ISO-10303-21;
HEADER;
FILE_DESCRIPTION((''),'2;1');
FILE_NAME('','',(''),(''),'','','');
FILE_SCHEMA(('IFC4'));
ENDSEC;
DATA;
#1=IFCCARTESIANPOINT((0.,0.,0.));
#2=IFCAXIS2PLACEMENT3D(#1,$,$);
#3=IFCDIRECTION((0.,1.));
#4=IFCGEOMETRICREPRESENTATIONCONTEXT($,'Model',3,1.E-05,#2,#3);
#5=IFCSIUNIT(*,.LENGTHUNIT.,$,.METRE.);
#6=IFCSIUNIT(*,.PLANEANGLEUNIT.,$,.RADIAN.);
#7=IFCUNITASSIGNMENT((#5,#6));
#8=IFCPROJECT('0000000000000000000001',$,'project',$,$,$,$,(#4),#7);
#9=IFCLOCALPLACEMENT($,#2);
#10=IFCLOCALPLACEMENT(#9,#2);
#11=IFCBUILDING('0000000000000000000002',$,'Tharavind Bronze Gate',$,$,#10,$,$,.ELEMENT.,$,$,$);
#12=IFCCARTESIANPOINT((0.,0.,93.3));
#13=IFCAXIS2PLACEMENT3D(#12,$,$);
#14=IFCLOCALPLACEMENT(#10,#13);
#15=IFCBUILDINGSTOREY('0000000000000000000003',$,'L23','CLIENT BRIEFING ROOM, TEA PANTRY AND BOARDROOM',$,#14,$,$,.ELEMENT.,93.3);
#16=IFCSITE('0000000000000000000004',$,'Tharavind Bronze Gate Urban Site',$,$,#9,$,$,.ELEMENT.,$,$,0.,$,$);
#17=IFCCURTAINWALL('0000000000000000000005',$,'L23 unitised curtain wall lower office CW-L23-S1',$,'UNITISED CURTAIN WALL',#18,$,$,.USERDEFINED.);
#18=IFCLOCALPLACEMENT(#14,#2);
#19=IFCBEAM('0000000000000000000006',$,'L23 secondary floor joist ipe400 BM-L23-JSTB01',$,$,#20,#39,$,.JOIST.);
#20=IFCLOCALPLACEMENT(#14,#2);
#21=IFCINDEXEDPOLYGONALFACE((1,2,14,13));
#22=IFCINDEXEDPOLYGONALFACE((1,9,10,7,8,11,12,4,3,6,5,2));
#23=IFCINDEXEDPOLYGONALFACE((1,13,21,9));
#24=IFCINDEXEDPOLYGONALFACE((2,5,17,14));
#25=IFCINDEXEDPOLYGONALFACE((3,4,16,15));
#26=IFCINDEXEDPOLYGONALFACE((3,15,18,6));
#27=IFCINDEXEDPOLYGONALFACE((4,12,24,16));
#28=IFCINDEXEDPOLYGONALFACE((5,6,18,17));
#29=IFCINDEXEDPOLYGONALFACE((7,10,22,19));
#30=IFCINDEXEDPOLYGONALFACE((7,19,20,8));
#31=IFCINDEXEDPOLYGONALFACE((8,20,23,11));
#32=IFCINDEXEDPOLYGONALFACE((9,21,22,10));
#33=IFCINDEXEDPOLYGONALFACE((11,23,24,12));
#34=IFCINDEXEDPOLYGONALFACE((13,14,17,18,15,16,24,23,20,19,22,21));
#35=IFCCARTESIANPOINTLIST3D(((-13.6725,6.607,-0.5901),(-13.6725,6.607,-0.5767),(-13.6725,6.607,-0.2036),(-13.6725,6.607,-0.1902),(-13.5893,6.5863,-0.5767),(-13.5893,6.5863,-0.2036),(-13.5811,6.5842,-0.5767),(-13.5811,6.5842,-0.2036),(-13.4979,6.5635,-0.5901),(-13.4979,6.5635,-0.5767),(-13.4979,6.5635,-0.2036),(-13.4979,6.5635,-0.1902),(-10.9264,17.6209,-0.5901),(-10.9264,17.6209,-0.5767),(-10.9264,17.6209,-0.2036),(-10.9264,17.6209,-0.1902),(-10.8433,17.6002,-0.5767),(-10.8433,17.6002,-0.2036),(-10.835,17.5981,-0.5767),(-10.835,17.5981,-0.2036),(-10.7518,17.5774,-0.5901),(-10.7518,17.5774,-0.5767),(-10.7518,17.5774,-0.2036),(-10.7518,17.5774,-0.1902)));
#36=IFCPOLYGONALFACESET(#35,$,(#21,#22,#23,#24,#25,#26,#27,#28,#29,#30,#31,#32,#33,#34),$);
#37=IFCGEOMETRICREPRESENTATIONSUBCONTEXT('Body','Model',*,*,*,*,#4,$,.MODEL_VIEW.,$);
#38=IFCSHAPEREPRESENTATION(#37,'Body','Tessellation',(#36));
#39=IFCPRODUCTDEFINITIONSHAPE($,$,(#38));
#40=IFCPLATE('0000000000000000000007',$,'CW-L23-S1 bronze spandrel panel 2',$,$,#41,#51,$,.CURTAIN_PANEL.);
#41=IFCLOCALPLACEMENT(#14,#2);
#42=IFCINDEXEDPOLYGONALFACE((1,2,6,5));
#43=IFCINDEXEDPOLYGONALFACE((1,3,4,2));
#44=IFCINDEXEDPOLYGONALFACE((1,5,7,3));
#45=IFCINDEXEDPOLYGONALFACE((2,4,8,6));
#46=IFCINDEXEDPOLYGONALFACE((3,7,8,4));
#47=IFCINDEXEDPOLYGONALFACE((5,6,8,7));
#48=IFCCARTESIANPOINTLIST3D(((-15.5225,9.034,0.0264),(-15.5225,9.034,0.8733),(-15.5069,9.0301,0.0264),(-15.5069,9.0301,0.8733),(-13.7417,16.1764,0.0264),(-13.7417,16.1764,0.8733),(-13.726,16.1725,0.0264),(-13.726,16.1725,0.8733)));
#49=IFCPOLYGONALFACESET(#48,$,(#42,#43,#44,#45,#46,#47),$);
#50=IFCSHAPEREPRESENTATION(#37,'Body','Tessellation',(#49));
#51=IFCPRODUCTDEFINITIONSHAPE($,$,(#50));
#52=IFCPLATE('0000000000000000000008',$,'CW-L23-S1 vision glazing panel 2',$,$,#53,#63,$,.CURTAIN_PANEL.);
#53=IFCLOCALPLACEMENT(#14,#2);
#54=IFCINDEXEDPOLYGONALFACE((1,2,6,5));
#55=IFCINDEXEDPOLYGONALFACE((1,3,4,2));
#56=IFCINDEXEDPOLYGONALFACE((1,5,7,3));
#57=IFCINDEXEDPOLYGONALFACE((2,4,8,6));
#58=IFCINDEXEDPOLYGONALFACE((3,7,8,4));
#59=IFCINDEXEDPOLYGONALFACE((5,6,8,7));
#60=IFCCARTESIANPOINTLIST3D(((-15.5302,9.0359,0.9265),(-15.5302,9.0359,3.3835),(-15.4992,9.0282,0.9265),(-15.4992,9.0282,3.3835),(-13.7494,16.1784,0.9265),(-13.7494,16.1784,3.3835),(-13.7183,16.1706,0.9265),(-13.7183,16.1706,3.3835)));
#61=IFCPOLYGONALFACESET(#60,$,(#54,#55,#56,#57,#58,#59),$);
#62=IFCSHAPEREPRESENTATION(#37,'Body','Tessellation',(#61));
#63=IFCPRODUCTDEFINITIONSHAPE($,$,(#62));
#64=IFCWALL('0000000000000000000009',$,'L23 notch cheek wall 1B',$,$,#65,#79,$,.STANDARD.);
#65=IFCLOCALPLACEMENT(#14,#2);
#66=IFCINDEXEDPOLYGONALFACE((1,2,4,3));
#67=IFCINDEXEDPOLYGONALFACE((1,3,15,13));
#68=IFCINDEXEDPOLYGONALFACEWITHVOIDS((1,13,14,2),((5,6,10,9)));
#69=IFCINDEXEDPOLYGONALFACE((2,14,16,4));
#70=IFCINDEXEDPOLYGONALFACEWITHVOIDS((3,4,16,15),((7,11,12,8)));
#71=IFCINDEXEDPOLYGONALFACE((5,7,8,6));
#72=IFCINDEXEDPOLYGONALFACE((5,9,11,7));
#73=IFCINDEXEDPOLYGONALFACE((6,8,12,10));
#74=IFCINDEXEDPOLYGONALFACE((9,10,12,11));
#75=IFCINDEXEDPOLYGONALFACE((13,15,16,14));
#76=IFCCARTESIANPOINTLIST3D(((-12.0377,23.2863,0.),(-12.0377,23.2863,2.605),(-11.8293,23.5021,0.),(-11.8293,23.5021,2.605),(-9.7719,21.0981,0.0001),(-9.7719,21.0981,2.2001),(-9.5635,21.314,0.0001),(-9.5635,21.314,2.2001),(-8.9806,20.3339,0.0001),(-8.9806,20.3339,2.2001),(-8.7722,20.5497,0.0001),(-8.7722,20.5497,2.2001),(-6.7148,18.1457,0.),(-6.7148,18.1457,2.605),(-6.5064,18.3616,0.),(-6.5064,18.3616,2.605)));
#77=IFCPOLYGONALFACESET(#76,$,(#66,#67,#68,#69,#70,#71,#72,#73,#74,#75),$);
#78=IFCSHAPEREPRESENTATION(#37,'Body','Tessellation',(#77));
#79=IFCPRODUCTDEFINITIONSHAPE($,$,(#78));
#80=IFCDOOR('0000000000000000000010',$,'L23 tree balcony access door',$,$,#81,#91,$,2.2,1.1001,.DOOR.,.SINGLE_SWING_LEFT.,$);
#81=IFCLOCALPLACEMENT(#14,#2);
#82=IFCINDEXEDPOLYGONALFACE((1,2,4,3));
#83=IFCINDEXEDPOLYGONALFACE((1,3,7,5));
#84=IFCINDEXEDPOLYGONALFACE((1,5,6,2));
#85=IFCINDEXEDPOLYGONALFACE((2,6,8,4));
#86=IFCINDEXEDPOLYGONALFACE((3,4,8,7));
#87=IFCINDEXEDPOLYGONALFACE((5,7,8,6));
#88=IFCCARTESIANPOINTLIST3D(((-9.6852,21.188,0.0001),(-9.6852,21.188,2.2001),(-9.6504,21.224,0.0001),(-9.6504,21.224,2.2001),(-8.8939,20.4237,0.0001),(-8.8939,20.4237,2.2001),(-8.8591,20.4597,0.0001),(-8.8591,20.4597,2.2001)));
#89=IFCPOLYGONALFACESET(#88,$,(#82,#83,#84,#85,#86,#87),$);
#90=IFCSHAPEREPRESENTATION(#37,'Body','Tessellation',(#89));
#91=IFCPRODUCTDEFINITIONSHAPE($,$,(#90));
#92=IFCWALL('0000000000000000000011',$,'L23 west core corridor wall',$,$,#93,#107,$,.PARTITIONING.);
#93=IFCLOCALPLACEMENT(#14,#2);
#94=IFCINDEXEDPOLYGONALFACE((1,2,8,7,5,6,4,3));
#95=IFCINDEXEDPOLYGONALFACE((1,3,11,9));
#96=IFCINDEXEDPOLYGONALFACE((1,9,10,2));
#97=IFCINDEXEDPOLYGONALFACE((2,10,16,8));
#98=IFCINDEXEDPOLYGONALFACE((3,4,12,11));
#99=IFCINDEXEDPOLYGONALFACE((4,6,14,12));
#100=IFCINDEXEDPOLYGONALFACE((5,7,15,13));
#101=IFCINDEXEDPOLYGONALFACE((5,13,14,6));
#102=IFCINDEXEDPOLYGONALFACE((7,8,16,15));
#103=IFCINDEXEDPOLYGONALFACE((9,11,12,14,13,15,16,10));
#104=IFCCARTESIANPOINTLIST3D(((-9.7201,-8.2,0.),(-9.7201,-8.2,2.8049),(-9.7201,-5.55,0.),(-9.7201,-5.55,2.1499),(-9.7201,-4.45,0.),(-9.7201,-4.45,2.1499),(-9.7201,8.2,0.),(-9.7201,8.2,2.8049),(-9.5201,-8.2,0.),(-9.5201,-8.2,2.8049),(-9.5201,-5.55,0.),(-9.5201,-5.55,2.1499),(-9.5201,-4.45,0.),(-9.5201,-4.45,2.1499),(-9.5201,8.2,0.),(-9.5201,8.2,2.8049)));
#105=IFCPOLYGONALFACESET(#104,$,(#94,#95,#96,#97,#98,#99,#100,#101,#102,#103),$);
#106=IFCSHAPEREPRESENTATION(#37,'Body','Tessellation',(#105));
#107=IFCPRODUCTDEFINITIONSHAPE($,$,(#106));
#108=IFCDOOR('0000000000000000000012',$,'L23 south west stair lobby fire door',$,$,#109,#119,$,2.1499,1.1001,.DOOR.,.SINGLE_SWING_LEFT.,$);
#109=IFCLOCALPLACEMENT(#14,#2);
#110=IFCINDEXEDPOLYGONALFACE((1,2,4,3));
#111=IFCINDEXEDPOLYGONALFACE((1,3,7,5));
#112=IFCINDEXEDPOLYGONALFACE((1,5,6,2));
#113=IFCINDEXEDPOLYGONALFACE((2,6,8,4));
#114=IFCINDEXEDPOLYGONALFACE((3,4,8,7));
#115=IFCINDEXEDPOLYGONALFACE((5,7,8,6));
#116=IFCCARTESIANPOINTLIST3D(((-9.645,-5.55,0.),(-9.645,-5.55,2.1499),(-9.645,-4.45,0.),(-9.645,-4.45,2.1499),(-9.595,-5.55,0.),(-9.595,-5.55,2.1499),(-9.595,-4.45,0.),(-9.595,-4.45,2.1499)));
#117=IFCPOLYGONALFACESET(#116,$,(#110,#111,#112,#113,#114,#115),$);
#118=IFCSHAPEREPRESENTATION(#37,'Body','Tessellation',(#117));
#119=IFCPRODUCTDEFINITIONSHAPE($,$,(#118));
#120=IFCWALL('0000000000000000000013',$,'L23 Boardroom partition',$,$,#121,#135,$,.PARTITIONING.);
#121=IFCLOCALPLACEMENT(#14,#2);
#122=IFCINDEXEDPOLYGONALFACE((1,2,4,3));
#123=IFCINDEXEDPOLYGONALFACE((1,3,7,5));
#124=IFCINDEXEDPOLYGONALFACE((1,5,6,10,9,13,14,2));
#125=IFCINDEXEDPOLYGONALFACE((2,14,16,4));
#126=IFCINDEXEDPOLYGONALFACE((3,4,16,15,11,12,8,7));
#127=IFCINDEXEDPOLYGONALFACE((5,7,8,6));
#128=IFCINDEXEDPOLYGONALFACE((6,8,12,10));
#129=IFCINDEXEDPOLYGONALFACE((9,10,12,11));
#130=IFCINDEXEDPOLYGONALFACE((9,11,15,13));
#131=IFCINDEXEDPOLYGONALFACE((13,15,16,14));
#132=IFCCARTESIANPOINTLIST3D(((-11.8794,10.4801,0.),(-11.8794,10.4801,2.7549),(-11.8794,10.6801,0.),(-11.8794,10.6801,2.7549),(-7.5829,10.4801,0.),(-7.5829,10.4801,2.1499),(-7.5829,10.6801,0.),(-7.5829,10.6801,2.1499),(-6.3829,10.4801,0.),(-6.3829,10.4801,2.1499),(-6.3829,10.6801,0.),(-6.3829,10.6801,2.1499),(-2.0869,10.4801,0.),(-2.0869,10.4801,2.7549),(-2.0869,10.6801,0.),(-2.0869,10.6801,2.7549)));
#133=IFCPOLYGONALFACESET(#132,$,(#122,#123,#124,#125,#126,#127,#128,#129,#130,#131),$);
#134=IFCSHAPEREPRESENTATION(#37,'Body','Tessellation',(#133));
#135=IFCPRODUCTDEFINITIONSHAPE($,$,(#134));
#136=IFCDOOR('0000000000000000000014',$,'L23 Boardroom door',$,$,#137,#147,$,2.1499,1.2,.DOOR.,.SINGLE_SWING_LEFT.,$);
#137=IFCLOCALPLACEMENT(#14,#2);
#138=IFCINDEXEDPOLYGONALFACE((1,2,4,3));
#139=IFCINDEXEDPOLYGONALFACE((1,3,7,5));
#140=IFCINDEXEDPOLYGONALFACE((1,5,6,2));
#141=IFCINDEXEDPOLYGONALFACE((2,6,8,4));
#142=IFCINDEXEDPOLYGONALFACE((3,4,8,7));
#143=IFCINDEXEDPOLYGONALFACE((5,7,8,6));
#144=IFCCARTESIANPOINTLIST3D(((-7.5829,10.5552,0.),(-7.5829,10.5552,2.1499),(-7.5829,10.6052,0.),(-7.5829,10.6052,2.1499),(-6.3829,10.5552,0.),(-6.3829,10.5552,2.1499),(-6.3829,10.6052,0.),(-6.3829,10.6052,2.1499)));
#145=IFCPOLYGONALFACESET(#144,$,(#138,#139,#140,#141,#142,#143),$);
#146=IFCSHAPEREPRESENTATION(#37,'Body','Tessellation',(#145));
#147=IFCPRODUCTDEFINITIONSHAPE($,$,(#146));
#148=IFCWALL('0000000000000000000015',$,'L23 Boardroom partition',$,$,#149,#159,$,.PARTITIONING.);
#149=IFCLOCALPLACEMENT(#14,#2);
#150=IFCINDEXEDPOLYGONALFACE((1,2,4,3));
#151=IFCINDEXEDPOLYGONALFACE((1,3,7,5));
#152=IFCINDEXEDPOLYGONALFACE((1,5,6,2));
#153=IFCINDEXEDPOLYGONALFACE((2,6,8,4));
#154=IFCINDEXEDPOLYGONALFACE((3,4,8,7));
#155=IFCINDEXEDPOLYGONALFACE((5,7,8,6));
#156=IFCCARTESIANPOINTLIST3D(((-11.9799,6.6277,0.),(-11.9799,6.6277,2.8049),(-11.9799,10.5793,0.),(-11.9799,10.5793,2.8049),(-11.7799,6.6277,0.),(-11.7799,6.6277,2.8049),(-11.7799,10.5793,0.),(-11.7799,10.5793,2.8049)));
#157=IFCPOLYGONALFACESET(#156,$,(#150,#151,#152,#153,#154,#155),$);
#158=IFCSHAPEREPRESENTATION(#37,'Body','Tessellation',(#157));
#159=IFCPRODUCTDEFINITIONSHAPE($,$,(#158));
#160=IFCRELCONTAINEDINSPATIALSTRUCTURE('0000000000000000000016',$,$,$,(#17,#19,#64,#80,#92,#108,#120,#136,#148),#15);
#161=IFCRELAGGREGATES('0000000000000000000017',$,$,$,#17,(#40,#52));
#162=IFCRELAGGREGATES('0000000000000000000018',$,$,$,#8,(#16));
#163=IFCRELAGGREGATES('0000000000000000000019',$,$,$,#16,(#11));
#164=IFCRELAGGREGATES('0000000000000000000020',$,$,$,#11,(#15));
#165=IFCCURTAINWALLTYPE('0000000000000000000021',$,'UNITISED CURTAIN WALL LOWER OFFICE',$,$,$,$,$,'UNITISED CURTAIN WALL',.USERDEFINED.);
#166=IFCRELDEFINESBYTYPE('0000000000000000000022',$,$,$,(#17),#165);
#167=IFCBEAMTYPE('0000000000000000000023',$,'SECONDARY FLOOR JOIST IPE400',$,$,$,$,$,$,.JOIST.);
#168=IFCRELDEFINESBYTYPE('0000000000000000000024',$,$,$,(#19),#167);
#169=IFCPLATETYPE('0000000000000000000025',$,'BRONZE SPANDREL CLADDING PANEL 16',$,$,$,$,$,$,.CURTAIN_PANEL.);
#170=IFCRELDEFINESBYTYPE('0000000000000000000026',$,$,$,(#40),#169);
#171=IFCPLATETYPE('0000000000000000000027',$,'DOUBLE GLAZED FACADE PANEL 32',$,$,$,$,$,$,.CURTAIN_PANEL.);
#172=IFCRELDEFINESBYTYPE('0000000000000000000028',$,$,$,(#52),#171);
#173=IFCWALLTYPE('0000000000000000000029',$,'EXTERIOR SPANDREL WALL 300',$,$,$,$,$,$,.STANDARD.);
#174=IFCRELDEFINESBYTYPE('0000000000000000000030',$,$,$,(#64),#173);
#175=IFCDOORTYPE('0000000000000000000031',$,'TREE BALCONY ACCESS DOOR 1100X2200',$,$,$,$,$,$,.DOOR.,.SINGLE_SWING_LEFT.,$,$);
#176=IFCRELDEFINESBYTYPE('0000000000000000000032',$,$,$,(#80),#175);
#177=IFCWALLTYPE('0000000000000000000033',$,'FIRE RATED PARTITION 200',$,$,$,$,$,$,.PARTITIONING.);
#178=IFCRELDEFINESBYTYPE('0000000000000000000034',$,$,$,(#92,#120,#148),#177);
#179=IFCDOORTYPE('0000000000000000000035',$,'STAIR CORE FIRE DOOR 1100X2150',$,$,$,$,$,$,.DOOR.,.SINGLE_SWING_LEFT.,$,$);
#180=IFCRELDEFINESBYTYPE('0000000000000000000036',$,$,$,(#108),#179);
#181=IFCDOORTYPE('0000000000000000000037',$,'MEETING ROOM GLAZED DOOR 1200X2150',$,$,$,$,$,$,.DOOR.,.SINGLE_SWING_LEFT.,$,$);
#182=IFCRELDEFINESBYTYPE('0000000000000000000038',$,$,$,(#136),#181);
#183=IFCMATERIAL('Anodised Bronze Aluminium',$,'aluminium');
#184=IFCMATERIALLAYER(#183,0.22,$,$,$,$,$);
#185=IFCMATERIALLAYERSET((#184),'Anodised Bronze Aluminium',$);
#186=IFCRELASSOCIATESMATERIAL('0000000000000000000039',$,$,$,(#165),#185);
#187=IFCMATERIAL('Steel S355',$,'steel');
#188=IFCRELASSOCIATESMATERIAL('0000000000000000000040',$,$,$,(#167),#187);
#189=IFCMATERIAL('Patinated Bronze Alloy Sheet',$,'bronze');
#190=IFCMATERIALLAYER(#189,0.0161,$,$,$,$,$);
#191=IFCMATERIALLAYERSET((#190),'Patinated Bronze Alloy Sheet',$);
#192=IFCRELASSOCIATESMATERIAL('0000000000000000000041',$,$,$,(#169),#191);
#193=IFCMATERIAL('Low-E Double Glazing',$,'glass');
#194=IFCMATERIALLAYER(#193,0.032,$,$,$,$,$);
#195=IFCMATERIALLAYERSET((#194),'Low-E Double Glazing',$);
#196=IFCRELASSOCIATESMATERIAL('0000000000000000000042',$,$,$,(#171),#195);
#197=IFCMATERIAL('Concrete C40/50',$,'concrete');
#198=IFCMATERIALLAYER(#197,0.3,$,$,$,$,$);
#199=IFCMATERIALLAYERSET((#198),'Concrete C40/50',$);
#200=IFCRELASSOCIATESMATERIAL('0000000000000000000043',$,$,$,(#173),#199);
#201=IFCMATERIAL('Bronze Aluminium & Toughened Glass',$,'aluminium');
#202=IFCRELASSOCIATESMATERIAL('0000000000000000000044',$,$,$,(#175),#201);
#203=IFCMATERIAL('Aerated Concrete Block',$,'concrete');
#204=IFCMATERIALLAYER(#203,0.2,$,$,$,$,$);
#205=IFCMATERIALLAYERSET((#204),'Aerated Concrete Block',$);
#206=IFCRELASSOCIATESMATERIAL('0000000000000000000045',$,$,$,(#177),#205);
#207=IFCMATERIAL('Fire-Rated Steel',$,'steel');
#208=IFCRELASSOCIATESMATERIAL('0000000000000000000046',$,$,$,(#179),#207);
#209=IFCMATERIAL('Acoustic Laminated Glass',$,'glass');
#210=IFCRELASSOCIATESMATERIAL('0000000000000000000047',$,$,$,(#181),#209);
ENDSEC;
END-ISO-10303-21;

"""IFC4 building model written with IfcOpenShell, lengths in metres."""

from ifc_helpers import new_model, si_unit, direction, frame, frame_2d, origin, origin_2d, place, context, subcontext, project, spatial, rectangle, i_section, extrude, material, layer, layer_set, material_profile, profile_set, type_object, element, fill, aggregate, save


model = new_model("IFC4")

# Units and contexts
model_context = context("Model", 3, precision=1e-05, world=origin(), true_north=direction((0.0, 1.0)))
body_context = subcontext(model_context, "Body", "Model", "MODEL_VIEW")
ifc_project = project(units=[si_unit("LENGTHUNIT", "METRE"), si_unit("PLANEANGLEUNIT", "RADIAN")], contexts=[model_context])

# Site, building, storey
site_placement = place(None, origin())
site = spatial("IfcSite", under=ifc_project, at=site_placement, Name="Tharavind Bronze Gate Urban Site", CompositionType="ELEMENT", RefElevation=0.0)
building_placement = place(site_placement, origin())
building = spatial("IfcBuilding", under=site, at=building_placement, Name="Tharavind Bronze Gate", CompositionType="ELEMENT")
storey_placement = place(building_placement, frame((0.0, 0.0, 93.3)))
storey = spatial("IfcBuildingStorey", under=building, at=storey_placement, Name="L23", Description="CLIENT BRIEFING ROOM, TEA PANTRY AND BOARDROOM", CompositionType="ELEMENT", Elevation=93.3)

# Curtain wall
ifc_material_1 = material(Name="Anodised Bronze Aluminium", Category="aluminium")
ifc_layer_1 = layer(ifc_material_1, 0.22)
ifc_layer_set_1 = layer_set([ifc_layer_1], Name="Anodised Bronze Aluminium")
curtain_wall_type = type_object("IfcCurtainWallType", Name="UNITISED CURTAIN WALL LOWER OFFICE", ElementType="UNITISED CURTAIN WALL", PredefinedType="USERDEFINED", material=ifc_layer_set_1)
curtain_wall_placement = place(storey_placement, origin())
curtain_wall = element("IfcCurtainWall", 1, at=curtain_wall_placement, inside=storey, type_object=curtain_wall_type, Name="L23 unitised curtain wall lower office CW-L23-S1", ObjectType="UNITISED CURTAIN WALL", PredefinedType="USERDEFINED")

# Beam
ifc_material_2 = material(Name="Steel S355", Category="steel")
ifc_material_profile_1 = material_profile(ifc_material_2, i_section(OverallWidth=0.1799, OverallDepth=0.3999, WebThickness=0.0085, FlangeThickness=0.0134, at=origin_2d()), Name="IPE400")
ifc_profile_set_1 = profile_set([ifc_material_profile_1], Name="Steel S355")
beam_type_1 = type_object("IfcBeamType", Name="SECONDARY FLOOR JOIST IPE400", PredefinedType="JOIST", material=ifc_profile_set_1)
beam_1_placement = place(storey_placement, frame((-10.8391, 17.5991, -0.3901), z_axis=(-0.241923, -0.970295, 0.0), x_axis=(0.970295, -0.241923, 0.0)))
element("IfcBeam", 2, at=beam_1_placement, inside=storey, type_object=beam_type_1, Name="L23 secondary floor joist ipe400 BM-L23-JSTB01", PredefinedType="JOIST", context=body_context, shape_type="SweptSolid", body=[
    extrude(i_section(OverallWidth=0.1799, OverallDepth=0.3999, WebThickness=0.0085, FlangeThickness=0.0134, at=origin_2d()), origin(), (0.0, 0.0, 1.0), 11.3511),
])

# Plates
ifc_material_3 = material(Name="Patinated Bronze Alloy Sheet", Category="bronze")
ifc_layer_2 = layer(ifc_material_3, 0.0161)
ifc_layer_set_2 = layer_set([ifc_layer_2], Name="Patinated Bronze Alloy Sheet")
plate_type_1 = type_object("IfcPlateType", Name="BRONZE SPANDREL CLADDING PANEL 16", PredefinedType="CURTAIN_PANEL", material=ifc_layer_set_2)
plate_1_placement = place(storey_placement, frame((-14.6243, 12.6033, 0.0264), z_axis=(0.0, 0.0, 1.0), x_axis=(-0.241922, -0.970296, 0.0)))
plate_1 = element("IfcPlate", 3, at=plate_1_placement, type_object=plate_type_1, Name="CW-L23-S1 bronze spandrel panel 2", PredefinedType="CURTAIN_PANEL", context=body_context, shape_type="SweptSolid", body=[
    extrude(rectangle(XDim=7.3611, YDim=0.0161, at=origin_2d()), origin(), (0.0, 0.0, 1.0), 0.8469),
])
ifc_material_4 = material(Name="Low-E Double Glazing", Category="glass")
ifc_layer_3 = layer(ifc_material_4, 0.032)
ifc_layer_set_3 = layer_set([ifc_layer_3], Name="Low-E Double Glazing")
plate_type_2 = type_object("IfcPlateType", Name="DOUBLE GLAZED FACADE PANEL 32", PredefinedType="CURTAIN_PANEL", material=ifc_layer_set_3)
plate_2_placement = place(storey_placement, frame((-14.6243, 12.6033, 0.9265), z_axis=(0.0, 0.0, 1.0), x_axis=(-0.241922, -0.970296, 0.0)))
plate_2 = element("IfcPlate", 4, at=plate_2_placement, type_object=plate_type_2, Name="CW-L23-S1 vision glazing panel 2", PredefinedType="CURTAIN_PANEL", context=body_context, shape_type="SweptSolid", body=[
    extrude(rectangle(XDim=7.3611, YDim=0.032, at=origin_2d()), origin(), (0.0, 0.0, 1.0), 2.457),
])
aggregate(curtain_wall, [plate_1, plate_2])

# Walls, openings, doors
ifc_material_5 = material(Name="Concrete C40/50", Category="concrete")
ifc_layer_4 = layer(ifc_material_5, 0.3)
ifc_layer_set_4 = layer_set([ifc_layer_4], Name="Concrete C40/50")
wall_type_1 = type_object("IfcWallType", Name="EXTERIOR SPANDREL WALL 300", PredefinedType="STANDARD", material=ifc_layer_set_4)
wall_1_placement = place(storey_placement, frame((-6.6106, 18.2537, 0.0), z_axis=(0.0, 0.0, 1.0), x_axis=(-0.719322, 0.694677, 0.0)))
wall_1 = element("IfcWall", 5, at=wall_1_placement, inside=storey, type_object=wall_type_1, Name="L23 notch cheek wall 1B", PredefinedType="STANDARD", context=body_context, shape_type="SweptSolid", body=[
    extrude(rectangle(XDim=7.3999, YDim=0.3, at=frame_2d((3.7, 0.0))), origin(), (0.0, 0.0, 1.0), 2.605),
])
opening_1_placement = place(wall_1_placement, frame((3.1499, 0.0, 0.0)))
opening_1 = element("IfcOpeningElement", 6, at=opening_1_placement, cuts=wall_1, PredefinedType="OPENING", context=body_context, shape_type="SweptSolid", body=[
    extrude(rectangle(XDim=1.1001, YDim=2.2, at=frame_2d((0.55, 1.1001))), frame((0.0, 0.1599, 0.0), z_axis=(0.0, -1.0, 0.0), x_axis=(1.0, 0.0, 0.0)), (0.0, 0.0, 1.0), 0.32),
])
ifc_material_6 = material(Name="Bronze Aluminium & Toughened Glass", Category="aluminium")
door_type_1 = type_object("IfcDoorType", Name="TREE BALCONY ACCESS DOOR 1100X2200", OperationType="SINGLE_SWING_LEFT", PredefinedType="DOOR", material=ifc_material_6)
door_1_placement = place(opening_1_placement, frame((1.1001, 0.0, 0.0), z_axis=(0.0, 0.0, 1.0), x_axis=(-1.0, 0.0, 0.0)))
door_1 = element("IfcDoor", 7, at=door_1_placement, inside=storey, type_object=door_type_1, Name="L23 tree balcony access door", OperationType="SINGLE_SWING_LEFT", OverallHeight=2.2, OverallWidth=1.1001, PredefinedType="DOOR", context=body_context, shape_type="SweptSolid", body=[
    extrude(rectangle(XDim=1.1001, YDim=2.2, at=frame_2d((0.55, 1.1001))), frame((0.0, 0.0249, 0.0), z_axis=(0.0, -1.0, 0.0), x_axis=(1.0, 0.0, 0.0)), (0.0, 0.0, 1.0), 0.05),
])
fill(opening_1, door_1)
ifc_material_7 = material(Name="Aerated Concrete Block", Category="concrete")
ifc_layer_5 = layer(ifc_material_7, 0.2)
ifc_layer_set_5 = layer_set([ifc_layer_5], Name="Aerated Concrete Block")
wall_type_2 = type_object("IfcWallType", Name="FIRE RATED PARTITION 200", PredefinedType="PARTITIONING", material=ifc_layer_set_5)
wall_2_placement = place(storey_placement, frame((-9.6201, 8.2, 0.0), z_axis=(0.0, 0.0, 1.0), x_axis=(0.0, -1.0, 0.0)))
wall_2 = element("IfcWall", 8, at=wall_2_placement, inside=storey, type_object=wall_type_2, Name="L23 west core corridor wall", PredefinedType="PARTITIONING", context=body_context, shape_type="SweptSolid", body=[
    extrude(rectangle(XDim=16.3999, YDim=0.2, at=frame_2d((8.2, 0.0))), origin(), (0.0, 0.0, 1.0), 2.8049),
])
opening_2_placement = place(wall_2_placement, frame((12.6499, 0.0, 0.0)))
opening_2 = element("IfcOpeningElement", 9, at=opening_2_placement, cuts=wall_2, PredefinedType="OPENING", context=body_context, shape_type="SweptSolid", body=[
    extrude(rectangle(XDim=1.1001, YDim=2.1499, at=frame_2d((0.55, 1.075))), frame((0.0, 0.1101, 0.0), z_axis=(0.0, -1.0, 0.0), x_axis=(1.0, 0.0, 0.0)), (0.0, 0.0, 1.0), 0.22),
])
ifc_material_8 = material(Name="Fire-Rated Steel", Category="steel")
door_type_2 = type_object("IfcDoorType", Name="STAIR CORE FIRE DOOR 1100X2150", OperationType="SINGLE_SWING_LEFT", PredefinedType="DOOR", material=ifc_material_8)
door_2_placement = place(opening_2_placement, frame((1.1001, 0.0, 0.0), z_axis=(0.0, 0.0, 1.0), x_axis=(-1.0, 0.0, 0.0)))
door_2 = element("IfcDoor", 10, at=door_2_placement, inside=storey, type_object=door_type_2, Name="L23 south west stair lobby fire door", OperationType="SINGLE_SWING_LEFT", OverallHeight=2.1499, OverallWidth=1.1001, PredefinedType="DOOR", context=body_context, shape_type="SweptSolid", body=[
    extrude(rectangle(XDim=1.1001, YDim=2.1499, at=frame_2d((0.55, 1.075))), frame((0.0, 0.0249, 0.0), z_axis=(0.0, -1.0, 0.0), x_axis=(1.0, 0.0, 0.0)), (0.0, 0.0, 1.0), 0.05),
])
fill(opening_2, door_2)
wall_3_placement = place(storey_placement, frame((-2.0869, 10.5801, 0.0), z_axis=(0.0, 0.0, 1.0), x_axis=(-1.0, 0.0, 0.0)))
wall_3 = element("IfcWall", 11, at=wall_3_placement, inside=storey, type_object=wall_type_2, Name="L23 Boardroom partition", PredefinedType="PARTITIONING", context=body_context, shape_type="SweptSolid", body=[
    extrude(rectangle(XDim=9.7925, YDim=0.2, at=frame_2d((4.8962, 0.0))), origin(), (0.0, 0.0, 1.0), 2.7549),
])
opening_3_placement = place(wall_3_placement, frame((4.2959, 0.0, 0.0)))
opening_3 = element("IfcOpeningElement", 12, at=opening_3_placement, cuts=wall_3, PredefinedType="OPENING", context=body_context, shape_type="SweptSolid", body=[
    extrude(rectangle(XDim=1.2, YDim=2.1499, at=frame_2d((0.6001, 1.075))), frame((0.0, 0.1101, 0.0), z_axis=(0.0, -1.0, 0.0), x_axis=(1.0, 0.0, 0.0)), (0.0, 0.0, 1.0), 0.22),
])
ifc_material_9 = material(Name="Acoustic Laminated Glass", Category="glass")
door_type_3 = type_object("IfcDoorType", Name="MEETING ROOM GLAZED DOOR 1200X2150", OperationType="SINGLE_SWING_LEFT", PredefinedType="DOOR", material=ifc_material_9)
door_3_placement = place(opening_3_placement, origin())
door_3 = element("IfcDoor", 13, at=door_3_placement, inside=storey, type_object=door_type_3, Name="L23 Boardroom door", OperationType="SINGLE_SWING_LEFT", OverallHeight=2.1499, OverallWidth=1.2, PredefinedType="DOOR", context=body_context, shape_type="SweptSolid", body=[
    extrude(rectangle(XDim=1.2, YDim=2.1499, at=frame_2d((0.6001, 1.075))), frame((0.0, 0.0249, 0.0), z_axis=(0.0, -1.0, 0.0), x_axis=(1.0, 0.0, 0.0)), (0.0, 0.0, 1.0), 0.05),
])
fill(opening_3, door_3)

# Wall
wall_4_placement = place(storey_placement, frame((-11.8799, 10.5793, 0.0), z_axis=(0.0, 0.0, 1.0), x_axis=(0.0, -1.0, 0.0)))
element("IfcWall", 14, at=wall_4_placement, inside=storey, type_object=wall_type_2, Name="L23 Boardroom partition", PredefinedType="PARTITIONING", context=body_context, shape_type="SweptSolid", body=[
    extrude(rectangle(XDim=3.9517, YDim=0.2, at=frame_2d((1.9758, 0.0))), origin(), (0.0, 0.0, 1.0), 2.8049),
])

save(model, "model.ifc")
